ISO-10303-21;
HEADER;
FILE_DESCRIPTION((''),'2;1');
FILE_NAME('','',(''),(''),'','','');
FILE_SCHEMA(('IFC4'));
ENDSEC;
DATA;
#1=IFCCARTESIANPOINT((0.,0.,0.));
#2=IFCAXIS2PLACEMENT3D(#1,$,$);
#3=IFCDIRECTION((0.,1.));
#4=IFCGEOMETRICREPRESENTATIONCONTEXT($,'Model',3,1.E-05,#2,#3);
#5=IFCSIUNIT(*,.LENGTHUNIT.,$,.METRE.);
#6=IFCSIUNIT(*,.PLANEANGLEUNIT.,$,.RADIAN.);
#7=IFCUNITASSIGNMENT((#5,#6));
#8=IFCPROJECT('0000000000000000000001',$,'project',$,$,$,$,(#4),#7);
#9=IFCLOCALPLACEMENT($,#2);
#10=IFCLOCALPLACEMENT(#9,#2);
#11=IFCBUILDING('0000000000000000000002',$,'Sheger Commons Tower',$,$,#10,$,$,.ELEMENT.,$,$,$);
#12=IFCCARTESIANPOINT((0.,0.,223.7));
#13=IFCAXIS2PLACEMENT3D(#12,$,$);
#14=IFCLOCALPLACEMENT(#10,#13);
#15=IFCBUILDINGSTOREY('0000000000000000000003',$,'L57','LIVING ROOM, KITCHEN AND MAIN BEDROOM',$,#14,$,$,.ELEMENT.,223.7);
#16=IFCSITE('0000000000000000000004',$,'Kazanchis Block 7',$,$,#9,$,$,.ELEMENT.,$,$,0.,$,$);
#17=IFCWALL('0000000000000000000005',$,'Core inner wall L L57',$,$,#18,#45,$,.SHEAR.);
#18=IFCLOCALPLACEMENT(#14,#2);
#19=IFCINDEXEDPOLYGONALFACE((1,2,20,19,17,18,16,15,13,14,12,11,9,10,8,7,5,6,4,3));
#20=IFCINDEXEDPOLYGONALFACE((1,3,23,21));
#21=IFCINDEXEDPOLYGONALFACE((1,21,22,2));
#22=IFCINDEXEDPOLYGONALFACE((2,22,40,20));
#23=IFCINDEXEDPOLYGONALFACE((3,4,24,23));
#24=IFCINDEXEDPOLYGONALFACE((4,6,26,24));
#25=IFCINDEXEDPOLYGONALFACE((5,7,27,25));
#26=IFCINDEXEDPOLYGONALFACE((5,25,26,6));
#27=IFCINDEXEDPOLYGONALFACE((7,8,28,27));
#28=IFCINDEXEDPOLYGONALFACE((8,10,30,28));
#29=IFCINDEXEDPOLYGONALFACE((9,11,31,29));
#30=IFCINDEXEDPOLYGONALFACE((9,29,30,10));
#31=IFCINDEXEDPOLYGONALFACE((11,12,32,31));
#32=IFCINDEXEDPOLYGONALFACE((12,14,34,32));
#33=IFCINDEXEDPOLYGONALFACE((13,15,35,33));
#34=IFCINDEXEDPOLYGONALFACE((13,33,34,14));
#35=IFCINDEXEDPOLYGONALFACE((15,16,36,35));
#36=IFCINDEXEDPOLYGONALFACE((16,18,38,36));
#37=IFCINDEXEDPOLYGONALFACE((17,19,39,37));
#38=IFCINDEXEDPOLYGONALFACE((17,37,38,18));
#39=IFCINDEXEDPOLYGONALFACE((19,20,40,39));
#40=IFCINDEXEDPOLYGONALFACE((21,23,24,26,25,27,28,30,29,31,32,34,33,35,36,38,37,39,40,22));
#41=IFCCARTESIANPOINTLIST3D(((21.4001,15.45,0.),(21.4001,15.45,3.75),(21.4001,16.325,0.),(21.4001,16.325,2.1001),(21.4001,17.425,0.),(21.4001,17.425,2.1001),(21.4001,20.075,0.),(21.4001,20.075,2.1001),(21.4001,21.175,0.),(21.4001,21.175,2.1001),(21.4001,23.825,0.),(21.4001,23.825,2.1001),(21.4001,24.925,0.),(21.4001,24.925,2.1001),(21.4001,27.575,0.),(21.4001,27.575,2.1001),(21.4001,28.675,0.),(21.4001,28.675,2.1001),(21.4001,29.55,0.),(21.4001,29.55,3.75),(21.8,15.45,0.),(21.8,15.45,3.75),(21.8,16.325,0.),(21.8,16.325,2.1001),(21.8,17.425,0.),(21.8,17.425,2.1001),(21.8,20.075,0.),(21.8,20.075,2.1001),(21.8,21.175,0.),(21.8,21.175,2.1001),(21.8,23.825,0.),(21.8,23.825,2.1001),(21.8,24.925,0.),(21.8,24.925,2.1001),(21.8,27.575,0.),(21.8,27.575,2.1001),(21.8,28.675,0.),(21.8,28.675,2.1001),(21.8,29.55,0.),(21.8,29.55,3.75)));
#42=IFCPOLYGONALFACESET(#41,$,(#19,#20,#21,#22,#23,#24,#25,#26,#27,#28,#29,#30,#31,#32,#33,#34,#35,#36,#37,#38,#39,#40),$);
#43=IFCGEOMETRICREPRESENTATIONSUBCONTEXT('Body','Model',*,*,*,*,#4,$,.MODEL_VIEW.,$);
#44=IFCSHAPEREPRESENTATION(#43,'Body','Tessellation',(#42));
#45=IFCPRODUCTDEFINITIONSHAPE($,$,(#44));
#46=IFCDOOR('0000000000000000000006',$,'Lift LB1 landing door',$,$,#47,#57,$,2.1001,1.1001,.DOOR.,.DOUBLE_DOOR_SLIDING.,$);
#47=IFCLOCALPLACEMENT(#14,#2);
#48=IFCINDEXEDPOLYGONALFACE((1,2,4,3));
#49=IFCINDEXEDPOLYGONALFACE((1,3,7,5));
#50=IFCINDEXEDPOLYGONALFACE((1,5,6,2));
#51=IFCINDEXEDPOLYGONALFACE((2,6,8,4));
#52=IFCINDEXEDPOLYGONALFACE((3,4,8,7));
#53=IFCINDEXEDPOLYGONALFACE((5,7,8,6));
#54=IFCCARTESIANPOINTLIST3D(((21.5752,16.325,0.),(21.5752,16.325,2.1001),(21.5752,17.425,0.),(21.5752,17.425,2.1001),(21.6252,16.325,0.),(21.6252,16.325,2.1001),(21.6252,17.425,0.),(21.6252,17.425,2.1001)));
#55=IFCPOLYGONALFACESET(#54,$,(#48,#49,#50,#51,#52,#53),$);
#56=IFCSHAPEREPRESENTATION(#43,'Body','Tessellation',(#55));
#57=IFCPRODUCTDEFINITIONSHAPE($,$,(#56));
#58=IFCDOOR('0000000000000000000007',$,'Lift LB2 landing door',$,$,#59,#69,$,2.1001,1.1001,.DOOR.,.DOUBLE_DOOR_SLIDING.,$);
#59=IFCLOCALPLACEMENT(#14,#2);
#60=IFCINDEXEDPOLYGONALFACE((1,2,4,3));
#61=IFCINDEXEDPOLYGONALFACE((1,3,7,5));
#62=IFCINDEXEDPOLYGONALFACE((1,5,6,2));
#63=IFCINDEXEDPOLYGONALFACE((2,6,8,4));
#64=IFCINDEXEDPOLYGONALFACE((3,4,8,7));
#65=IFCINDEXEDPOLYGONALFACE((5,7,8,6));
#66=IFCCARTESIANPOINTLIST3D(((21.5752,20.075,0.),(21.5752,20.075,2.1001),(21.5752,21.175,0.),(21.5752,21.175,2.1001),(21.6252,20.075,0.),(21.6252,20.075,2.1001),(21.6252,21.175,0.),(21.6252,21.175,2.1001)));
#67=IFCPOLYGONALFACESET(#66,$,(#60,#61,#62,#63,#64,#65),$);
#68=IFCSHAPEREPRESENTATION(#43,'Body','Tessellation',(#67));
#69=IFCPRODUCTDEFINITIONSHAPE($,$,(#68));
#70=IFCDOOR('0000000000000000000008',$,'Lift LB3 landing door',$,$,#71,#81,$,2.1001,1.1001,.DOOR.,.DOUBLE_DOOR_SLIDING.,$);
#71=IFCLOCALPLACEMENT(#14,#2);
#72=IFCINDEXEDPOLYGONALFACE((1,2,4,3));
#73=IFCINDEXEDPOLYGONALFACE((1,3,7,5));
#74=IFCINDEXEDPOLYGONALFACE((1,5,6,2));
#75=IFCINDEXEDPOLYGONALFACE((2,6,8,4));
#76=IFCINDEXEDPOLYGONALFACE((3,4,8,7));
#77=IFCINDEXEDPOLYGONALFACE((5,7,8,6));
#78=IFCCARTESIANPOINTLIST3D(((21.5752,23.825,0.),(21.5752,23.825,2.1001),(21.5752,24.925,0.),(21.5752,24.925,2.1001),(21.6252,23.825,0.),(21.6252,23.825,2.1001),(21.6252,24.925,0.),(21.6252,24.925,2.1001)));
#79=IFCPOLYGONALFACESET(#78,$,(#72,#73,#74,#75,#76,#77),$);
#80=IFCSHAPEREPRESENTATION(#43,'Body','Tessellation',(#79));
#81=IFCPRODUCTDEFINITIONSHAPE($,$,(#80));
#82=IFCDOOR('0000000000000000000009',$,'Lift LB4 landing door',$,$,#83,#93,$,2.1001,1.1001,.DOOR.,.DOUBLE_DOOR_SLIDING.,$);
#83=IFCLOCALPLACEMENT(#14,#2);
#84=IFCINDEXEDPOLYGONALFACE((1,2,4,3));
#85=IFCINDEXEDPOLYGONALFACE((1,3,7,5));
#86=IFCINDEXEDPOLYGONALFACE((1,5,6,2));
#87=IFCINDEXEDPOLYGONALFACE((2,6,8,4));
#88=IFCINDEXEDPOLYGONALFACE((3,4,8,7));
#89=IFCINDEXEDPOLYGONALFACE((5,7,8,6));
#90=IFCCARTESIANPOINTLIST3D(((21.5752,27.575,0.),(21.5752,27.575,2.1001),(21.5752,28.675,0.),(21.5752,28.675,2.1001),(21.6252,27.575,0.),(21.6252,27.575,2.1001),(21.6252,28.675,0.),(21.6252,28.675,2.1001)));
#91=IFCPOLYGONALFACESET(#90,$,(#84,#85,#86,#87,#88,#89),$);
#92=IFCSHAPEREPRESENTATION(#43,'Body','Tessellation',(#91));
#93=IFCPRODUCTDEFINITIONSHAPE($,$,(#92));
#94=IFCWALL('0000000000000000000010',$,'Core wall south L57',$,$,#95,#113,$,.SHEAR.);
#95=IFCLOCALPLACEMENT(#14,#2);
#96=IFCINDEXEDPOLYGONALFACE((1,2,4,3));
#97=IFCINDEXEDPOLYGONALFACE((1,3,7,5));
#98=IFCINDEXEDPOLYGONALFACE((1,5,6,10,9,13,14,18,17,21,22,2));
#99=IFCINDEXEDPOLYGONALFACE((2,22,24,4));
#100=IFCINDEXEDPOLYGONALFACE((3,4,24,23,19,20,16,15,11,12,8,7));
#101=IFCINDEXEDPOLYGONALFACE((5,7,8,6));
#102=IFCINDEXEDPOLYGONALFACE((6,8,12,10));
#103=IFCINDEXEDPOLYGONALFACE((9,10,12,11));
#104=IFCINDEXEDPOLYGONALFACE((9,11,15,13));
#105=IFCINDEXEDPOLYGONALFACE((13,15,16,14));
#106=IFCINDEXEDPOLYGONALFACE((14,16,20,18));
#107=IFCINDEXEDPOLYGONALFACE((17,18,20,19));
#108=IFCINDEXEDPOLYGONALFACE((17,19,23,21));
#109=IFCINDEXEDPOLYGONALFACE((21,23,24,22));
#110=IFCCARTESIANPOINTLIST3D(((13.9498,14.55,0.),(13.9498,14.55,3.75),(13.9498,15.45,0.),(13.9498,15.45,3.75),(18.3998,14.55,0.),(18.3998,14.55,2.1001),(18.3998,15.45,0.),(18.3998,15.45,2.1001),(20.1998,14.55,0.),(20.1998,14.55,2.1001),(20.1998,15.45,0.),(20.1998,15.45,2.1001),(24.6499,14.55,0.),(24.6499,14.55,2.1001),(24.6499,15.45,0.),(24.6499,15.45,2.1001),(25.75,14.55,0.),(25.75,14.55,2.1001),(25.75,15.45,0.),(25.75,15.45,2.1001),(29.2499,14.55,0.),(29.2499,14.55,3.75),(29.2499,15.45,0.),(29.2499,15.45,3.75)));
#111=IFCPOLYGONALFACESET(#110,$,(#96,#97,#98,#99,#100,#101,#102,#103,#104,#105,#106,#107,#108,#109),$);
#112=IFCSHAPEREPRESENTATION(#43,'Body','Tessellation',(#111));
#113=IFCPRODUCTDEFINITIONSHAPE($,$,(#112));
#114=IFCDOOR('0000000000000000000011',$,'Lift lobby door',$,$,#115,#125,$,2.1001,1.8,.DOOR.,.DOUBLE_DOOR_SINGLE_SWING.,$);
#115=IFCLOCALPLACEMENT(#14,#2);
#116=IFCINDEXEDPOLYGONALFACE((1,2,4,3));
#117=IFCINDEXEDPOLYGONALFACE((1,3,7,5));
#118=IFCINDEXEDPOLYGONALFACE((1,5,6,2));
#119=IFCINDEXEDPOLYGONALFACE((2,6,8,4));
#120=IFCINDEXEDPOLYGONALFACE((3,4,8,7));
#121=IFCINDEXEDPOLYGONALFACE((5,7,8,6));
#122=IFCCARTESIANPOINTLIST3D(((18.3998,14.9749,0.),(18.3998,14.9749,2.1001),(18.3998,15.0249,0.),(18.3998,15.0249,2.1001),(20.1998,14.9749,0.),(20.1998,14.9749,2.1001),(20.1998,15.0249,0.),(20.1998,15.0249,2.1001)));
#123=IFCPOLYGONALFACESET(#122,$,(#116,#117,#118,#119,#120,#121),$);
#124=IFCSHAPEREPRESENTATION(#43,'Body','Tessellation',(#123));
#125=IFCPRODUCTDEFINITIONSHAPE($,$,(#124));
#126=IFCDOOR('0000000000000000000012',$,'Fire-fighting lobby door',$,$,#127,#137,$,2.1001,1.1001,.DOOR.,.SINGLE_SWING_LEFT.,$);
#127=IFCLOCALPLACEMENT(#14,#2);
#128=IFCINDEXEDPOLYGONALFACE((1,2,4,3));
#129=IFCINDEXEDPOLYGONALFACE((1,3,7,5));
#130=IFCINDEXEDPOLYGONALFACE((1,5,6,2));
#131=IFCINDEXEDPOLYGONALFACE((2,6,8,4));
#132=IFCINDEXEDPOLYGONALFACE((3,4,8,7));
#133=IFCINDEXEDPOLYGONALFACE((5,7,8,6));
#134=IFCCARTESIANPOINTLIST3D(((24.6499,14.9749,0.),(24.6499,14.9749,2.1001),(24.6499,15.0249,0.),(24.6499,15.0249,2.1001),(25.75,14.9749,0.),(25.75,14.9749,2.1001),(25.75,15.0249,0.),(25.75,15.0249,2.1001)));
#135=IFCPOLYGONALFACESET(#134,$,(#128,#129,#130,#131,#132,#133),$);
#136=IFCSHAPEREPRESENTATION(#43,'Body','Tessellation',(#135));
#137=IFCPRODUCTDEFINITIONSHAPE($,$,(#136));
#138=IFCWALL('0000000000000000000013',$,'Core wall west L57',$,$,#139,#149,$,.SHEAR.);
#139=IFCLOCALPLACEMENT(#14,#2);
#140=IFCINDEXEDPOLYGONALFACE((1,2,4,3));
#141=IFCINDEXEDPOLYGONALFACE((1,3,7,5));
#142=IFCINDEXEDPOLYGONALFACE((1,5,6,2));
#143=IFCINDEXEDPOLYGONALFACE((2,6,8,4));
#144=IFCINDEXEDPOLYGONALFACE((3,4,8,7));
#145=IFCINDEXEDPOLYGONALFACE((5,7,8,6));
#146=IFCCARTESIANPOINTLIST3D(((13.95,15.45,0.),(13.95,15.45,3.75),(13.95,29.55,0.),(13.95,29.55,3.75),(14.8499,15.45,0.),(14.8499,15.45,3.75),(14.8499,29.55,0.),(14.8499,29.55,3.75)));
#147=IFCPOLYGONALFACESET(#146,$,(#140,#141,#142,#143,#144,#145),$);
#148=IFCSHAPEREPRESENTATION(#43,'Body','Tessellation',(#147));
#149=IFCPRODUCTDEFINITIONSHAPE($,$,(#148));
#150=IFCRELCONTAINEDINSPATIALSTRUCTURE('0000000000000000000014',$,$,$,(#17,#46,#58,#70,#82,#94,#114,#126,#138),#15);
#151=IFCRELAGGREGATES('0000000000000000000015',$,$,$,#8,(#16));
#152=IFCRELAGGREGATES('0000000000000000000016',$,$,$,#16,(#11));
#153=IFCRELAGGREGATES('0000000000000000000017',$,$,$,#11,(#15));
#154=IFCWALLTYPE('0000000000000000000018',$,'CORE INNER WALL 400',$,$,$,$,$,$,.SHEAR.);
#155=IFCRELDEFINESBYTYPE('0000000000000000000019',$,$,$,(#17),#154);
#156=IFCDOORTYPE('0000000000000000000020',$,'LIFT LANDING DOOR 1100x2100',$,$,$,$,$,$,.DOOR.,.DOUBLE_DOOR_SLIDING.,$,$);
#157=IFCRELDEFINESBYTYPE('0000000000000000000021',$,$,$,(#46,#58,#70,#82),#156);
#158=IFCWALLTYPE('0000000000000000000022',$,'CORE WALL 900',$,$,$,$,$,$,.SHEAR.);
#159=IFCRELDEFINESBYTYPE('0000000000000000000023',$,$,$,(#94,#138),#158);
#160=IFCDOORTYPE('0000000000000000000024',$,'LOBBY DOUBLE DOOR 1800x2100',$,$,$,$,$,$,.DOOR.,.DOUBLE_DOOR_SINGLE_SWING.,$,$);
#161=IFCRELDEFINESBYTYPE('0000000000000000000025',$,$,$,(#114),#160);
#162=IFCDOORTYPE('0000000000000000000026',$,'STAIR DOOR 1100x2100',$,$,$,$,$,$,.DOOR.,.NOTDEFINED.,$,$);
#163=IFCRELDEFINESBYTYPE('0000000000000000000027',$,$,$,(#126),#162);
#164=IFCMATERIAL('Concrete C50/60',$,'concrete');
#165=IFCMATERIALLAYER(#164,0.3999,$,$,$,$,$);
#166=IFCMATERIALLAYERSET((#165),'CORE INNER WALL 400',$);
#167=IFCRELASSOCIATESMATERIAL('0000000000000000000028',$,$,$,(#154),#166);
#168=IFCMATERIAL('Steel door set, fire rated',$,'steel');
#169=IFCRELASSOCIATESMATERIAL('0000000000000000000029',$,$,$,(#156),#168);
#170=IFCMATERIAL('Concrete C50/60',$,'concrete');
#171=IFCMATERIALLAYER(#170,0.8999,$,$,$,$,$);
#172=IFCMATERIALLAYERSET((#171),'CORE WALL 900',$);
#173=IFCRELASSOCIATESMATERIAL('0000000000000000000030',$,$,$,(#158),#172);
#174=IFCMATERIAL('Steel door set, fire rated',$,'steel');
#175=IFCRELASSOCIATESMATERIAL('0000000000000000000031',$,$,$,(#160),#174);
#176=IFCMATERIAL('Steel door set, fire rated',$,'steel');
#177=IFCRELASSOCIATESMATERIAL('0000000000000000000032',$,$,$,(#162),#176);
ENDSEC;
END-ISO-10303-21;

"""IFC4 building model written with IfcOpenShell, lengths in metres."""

from ifc_helpers import new_model, si_unit, direction, frame, frame_2d, origin, place, context, subcontext, project, spatial, rectangle, extrude, material, layer, layer_set, type_object, element, fill, save


model = new_model("IFC4")

# Units and contexts
model_context = context("Model", 3, precision=1e-05, world=origin(), true_north=direction((0.0, 1.0)))
body_context = subcontext(model_context, "Body", "Model", "MODEL_VIEW")
ifc_project = project(units=[si_unit("LENGTHUNIT", "METRE"), si_unit("PLANEANGLEUNIT", "RADIAN")], contexts=[model_context])

# Site, building, storey
site_placement = place(None, origin())
site = spatial("IfcSite", under=ifc_project, at=site_placement, Name="Kazanchis Block 7", CompositionType="ELEMENT", RefElevation=0.0)
building_placement = place(site_placement, origin())
building = spatial("IfcBuilding", under=site, at=building_placement, Name="Sheger Commons Tower", CompositionType="ELEMENT")
storey_placement = place(building_placement, frame((0.0, 0.0, 223.7)))
storey = spatial("IfcBuildingStorey", under=building, at=storey_placement, Name="L57", Description="LIVING ROOM, KITCHEN AND MAIN BEDROOM", CompositionType="ELEMENT", Elevation=223.7)

# Walls, openings, doors
ifc_material_1 = material(Name="Concrete C50/60", Category="concrete")
ifc_layer_1 = layer(ifc_material_1, 0.3999)
ifc_layer_set_1 = layer_set([ifc_layer_1], Name="CORE INNER WALL 400")
wall_type_1 = type_object("IfcWallType", Name="CORE INNER WALL 400", PredefinedType="SHEAR", material=ifc_layer_set_1)
wall_1_placement = place(storey_placement, frame((21.6001, 15.45, 0.0), z_axis=(0.0, 0.0, 1.0), x_axis=(0.0, 1.0, 0.0)))
wall_1 = element("IfcWall", 1, at=wall_1_placement, inside=storey, type_object=wall_type_1, Name="Core inner wall L L57", PredefinedType="SHEAR", context=body_context, shape_type="SweptSolid", body=[
    extrude(rectangle(XDim=14.1001, YDim=0.3999, at=frame_2d((7.05, 0.0))), origin(), (0.0, 0.0, 1.0), 3.75),
])
opening_1_placement = place(wall_1_placement, frame((0.875, 0.0, 0.0)))
opening_1 = element("IfcOpeningElement", 2, at=opening_1_placement, cuts=wall_1, PredefinedType="OPENING", context=body_context, shape_type="SweptSolid", body=[
    extrude(rectangle(XDim=1.1001, YDim=2.1001, at=frame_2d((0.55, 1.05))), frame((0.0, 0.21, 0.0), z_axis=(0.0, -1.0, 0.0), x_axis=(1.0, 0.0, 0.0)), (0.0, 0.0, 1.0), 0.4199),
])
opening_2_placement = place(wall_1_placement, frame((4.625, 0.0, 0.0)))
opening_2 = element("IfcOpeningElement", 3, at=opening_2_placement, cuts=wall_1, PredefinedType="OPENING", context=body_context, shape_type="SweptSolid", body=[
    extrude(rectangle(XDim=1.1001, YDim=2.1001, at=frame_2d((0.55, 1.05))), frame((0.0, 0.21, 0.0), z_axis=(0.0, -1.0, 0.0), x_axis=(1.0, 0.0, 0.0)), (0.0, 0.0, 1.0), 0.4199),
])
opening_3_placement = place(wall_1_placement, frame((8.375, 0.0, 0.0)))
opening_3 = element("IfcOpeningElement", 4, at=opening_3_placement, cuts=wall_1, PredefinedType="OPENING", context=body_context, shape_type="SweptSolid", body=[
    extrude(rectangle(XDim=1.1001, YDim=2.1001, at=frame_2d((0.55, 1.05))), frame((0.0, 0.21, 0.0), z_axis=(0.0, -1.0, 0.0), x_axis=(1.0, 0.0, 0.0)), (0.0, 0.0, 1.0), 0.4199),
])
opening_4_placement = place(wall_1_placement, frame((12.125, 0.0, 0.0)))
opening_4 = element("IfcOpeningElement", 5, at=opening_4_placement, cuts=wall_1, PredefinedType="OPENING", context=body_context, shape_type="SweptSolid", body=[
    extrude(rectangle(XDim=1.1001, YDim=2.1001, at=frame_2d((0.55, 1.05))), frame((0.0, 0.21, 0.0), z_axis=(0.0, -1.0, 0.0), x_axis=(1.0, 0.0, 0.0)), (0.0, 0.0, 1.0), 0.4199),
])
ifc_material_2 = material(Name="Steel door set, fire rated", Category="steel")
door_type_1 = type_object("IfcDoorType", Name="LIFT LANDING DOOR 1100x2100", OperationType="DOUBLE_DOOR_SLIDING", PredefinedType="DOOR", material=ifc_material_2)
door_1_placement = place(opening_1_placement, origin())
door_1 = element("IfcDoor", 6, at=door_1_placement, inside=storey, type_object=door_type_1, Name="Lift LB1 landing door", OperationType="DOUBLE_DOOR_SLIDING", OverallHeight=2.1001, OverallWidth=1.1001, PredefinedType="DOOR", context=body_context, shape_type="SweptSolid", body=[
    extrude(rectangle(XDim=1.1001, YDim=2.1001, at=frame_2d((0.55, 1.05))), frame((0.0, 0.0249, 0.0), z_axis=(0.0, -1.0, 0.0), x_axis=(1.0, 0.0, 0.0)), (0.0, 0.0, 1.0), 0.05),
])
fill(opening_1, door_1)
door_2_placement = place(opening_2_placement, origin())
door_2 = element("IfcDoor", 7, at=door_2_placement, inside=storey, type_object=door_type_1, Name="Lift LB2 landing door", OperationType="DOUBLE_DOOR_SLIDING", OverallHeight=2.1001, OverallWidth=1.1001, PredefinedType="DOOR", context=body_context, shape_type="SweptSolid", body=[
    extrude(rectangle(XDim=1.1001, YDim=2.1001, at=frame_2d((0.55, 1.05))), frame((0.0, 0.0249, 0.0), z_axis=(0.0, -1.0, 0.0), x_axis=(1.0, 0.0, 0.0)), (0.0, 0.0, 1.0), 0.05),
])
fill(opening_2, door_2)
door_3_placement = place(opening_3_placement, origin())
door_3 = element("IfcDoor", 8, at=door_3_placement, inside=storey, type_object=door_type_1, Name="Lift LB3 landing door", OperationType="DOUBLE_DOOR_SLIDING", OverallHeight=2.1001, OverallWidth=1.1001, PredefinedType="DOOR", context=body_context, shape_type="SweptSolid", body=[
    extrude(rectangle(XDim=1.1001, YDim=2.1001, at=frame_2d((0.55, 1.05))), frame((0.0, 0.0249, 0.0), z_axis=(0.0, -1.0, 0.0), x_axis=(1.0, 0.0, 0.0)), (0.0, 0.0, 1.0), 0.05),
])
fill(opening_3, door_3)
door_4_placement = place(opening_4_placement, origin())
door_4 = element("IfcDoor", 9, at=door_4_placement, inside=storey, type_object=door_type_1, Name="Lift LB4 landing door", OperationType="DOUBLE_DOOR_SLIDING", OverallHeight=2.1001, OverallWidth=1.1001, PredefinedType="DOOR", context=body_context, shape_type="SweptSolid", body=[
    extrude(rectangle(XDim=1.1001, YDim=2.1001, at=frame_2d((0.55, 1.05))), frame((0.0, 0.0249, 0.0), z_axis=(0.0, -1.0, 0.0), x_axis=(1.0, 0.0, 0.0)), (0.0, 0.0, 1.0), 0.05),
])
fill(opening_4, door_4)
ifc_material_3 = material(Name="Concrete C50/60", Category="concrete")
ifc_layer_2 = layer(ifc_material_3, 0.8999)
ifc_layer_set_2 = layer_set([ifc_layer_2], Name="CORE WALL 900")
wall_type_2 = type_object("IfcWallType", Name="CORE WALL 900", PredefinedType="SHEAR", material=ifc_layer_set_2)
wall_2_placement = place(storey_placement, frame((13.95, 15.0, 0.0), z_axis=(0.0, 0.0, 1.0), x_axis=(1.0, 0.0, 0.0)))
wall_2 = element("IfcWall", 10, at=wall_2_placement, inside=storey, type_object=wall_type_2, Name="Core wall south L57", PredefinedType="SHEAR", context=body_context, shape_type="SweptSolid", body=[
    extrude(rectangle(XDim=15.3, YDim=0.8999, at=frame_2d((7.6499, 0.0))), origin(), (0.0, 0.0, 1.0), 3.75),
])
opening_5_placement = place(wall_2_placement, frame((4.45, 0.0, 0.0)))
opening_5 = element("IfcOpeningElement", 11, at=opening_5_placement, cuts=wall_2, PredefinedType="OPENING", context=body_context, shape_type="SweptSolid", body=[
    extrude(rectangle(XDim=1.8, YDim=2.1001, at=frame_2d((0.8999, 1.05))), frame((0.0, 0.46, 0.0), z_axis=(0.0, -1.0, 0.0), x_axis=(1.0, 0.0, 0.0)), (0.0, 0.0, 1.0), 0.9199),
])
opening_6_placement = place(wall_2_placement, frame((10.7, 0.0, 0.0)))
opening_6 = element("IfcOpeningElement", 12, at=opening_6_placement, cuts=wall_2, PredefinedType="OPENING", context=body_context, shape_type="SweptSolid", body=[
    extrude(rectangle(XDim=1.1001, YDim=2.1001, at=frame_2d((0.55, 1.05))), frame((0.0, 0.46, 0.0), z_axis=(0.0, -1.0, 0.0), x_axis=(1.0, 0.0, 0.0)), (0.0, 0.0, 1.0), 0.9199),
])
ifc_material_4 = material(Name="Steel door set, fire rated", Category="steel")
door_type_2 = type_object("IfcDoorType", Name="LOBBY DOUBLE DOOR 1800x2100", OperationType="DOUBLE_DOOR_SINGLE_SWING", PredefinedType="DOOR", material=ifc_material_4)
door_5_placement = place(opening_5_placement, origin())
door_5 = element("IfcDoor", 13, at=door_5_placement, inside=storey, type_object=door_type_2, Name="Lift lobby door", OperationType="DOUBLE_DOOR_SINGLE_SWING", OverallHeight=2.1001, OverallWidth=1.8, PredefinedType="DOOR", context=body_context, shape_type="SweptSolid", body=[
    extrude(rectangle(XDim=1.8, YDim=2.1001, at=frame_2d((0.8999, 1.05))), frame((0.0, 0.0249, 0.0), z_axis=(0.0, -1.0, 0.0), x_axis=(1.0, 0.0, 0.0)), (0.0, 0.0, 1.0), 0.05),
])
fill(opening_5, door_5)
ifc_material_5 = material(Name="Steel door set, fire rated", Category="steel")
door_type_3 = type_object("IfcDoorType", Name="STAIR DOOR 1100x2100", OperationType="NOTDEFINED", PredefinedType="DOOR", material=ifc_material_5)
door_6_placement = place(opening_6_placement, origin())
door_6 = element("IfcDoor", 14, at=door_6_placement, inside=storey, type_object=door_type_3, Name="Fire-fighting lobby door", OperationType="SINGLE_SWING_LEFT", OverallHeight=2.1001, OverallWidth=1.1001, PredefinedType="DOOR", context=body_context, shape_type="SweptSolid", body=[
    extrude(rectangle(XDim=1.1001, YDim=2.1001, at=frame_2d((0.55, 1.05))), frame((0.0, 0.0249, 0.0), z_axis=(0.0, -1.0, 0.0), x_axis=(1.0, 0.0, 0.0)), (0.0, 0.0, 1.0), 0.05),
])
fill(opening_6, door_6)

# Wall
wall_3_placement = place(storey_placement, frame((14.3999, 15.45, 0.0), z_axis=(0.0, 0.0, 1.0), x_axis=(0.0, 1.0, 0.0)))
element("IfcWall", 15, at=wall_3_placement, inside=storey, type_object=wall_type_2, Name="Core wall west L57", PredefinedType="SHEAR", context=body_context, shape_type="SweptSolid", body=[
    extrude(rectangle(XDim=14.1001, YDim=0.8999, at=frame_2d((7.05, 0.0))), origin(), (0.0, 0.0, 1.0), 3.75),
])

save(model, "model.ifc")
